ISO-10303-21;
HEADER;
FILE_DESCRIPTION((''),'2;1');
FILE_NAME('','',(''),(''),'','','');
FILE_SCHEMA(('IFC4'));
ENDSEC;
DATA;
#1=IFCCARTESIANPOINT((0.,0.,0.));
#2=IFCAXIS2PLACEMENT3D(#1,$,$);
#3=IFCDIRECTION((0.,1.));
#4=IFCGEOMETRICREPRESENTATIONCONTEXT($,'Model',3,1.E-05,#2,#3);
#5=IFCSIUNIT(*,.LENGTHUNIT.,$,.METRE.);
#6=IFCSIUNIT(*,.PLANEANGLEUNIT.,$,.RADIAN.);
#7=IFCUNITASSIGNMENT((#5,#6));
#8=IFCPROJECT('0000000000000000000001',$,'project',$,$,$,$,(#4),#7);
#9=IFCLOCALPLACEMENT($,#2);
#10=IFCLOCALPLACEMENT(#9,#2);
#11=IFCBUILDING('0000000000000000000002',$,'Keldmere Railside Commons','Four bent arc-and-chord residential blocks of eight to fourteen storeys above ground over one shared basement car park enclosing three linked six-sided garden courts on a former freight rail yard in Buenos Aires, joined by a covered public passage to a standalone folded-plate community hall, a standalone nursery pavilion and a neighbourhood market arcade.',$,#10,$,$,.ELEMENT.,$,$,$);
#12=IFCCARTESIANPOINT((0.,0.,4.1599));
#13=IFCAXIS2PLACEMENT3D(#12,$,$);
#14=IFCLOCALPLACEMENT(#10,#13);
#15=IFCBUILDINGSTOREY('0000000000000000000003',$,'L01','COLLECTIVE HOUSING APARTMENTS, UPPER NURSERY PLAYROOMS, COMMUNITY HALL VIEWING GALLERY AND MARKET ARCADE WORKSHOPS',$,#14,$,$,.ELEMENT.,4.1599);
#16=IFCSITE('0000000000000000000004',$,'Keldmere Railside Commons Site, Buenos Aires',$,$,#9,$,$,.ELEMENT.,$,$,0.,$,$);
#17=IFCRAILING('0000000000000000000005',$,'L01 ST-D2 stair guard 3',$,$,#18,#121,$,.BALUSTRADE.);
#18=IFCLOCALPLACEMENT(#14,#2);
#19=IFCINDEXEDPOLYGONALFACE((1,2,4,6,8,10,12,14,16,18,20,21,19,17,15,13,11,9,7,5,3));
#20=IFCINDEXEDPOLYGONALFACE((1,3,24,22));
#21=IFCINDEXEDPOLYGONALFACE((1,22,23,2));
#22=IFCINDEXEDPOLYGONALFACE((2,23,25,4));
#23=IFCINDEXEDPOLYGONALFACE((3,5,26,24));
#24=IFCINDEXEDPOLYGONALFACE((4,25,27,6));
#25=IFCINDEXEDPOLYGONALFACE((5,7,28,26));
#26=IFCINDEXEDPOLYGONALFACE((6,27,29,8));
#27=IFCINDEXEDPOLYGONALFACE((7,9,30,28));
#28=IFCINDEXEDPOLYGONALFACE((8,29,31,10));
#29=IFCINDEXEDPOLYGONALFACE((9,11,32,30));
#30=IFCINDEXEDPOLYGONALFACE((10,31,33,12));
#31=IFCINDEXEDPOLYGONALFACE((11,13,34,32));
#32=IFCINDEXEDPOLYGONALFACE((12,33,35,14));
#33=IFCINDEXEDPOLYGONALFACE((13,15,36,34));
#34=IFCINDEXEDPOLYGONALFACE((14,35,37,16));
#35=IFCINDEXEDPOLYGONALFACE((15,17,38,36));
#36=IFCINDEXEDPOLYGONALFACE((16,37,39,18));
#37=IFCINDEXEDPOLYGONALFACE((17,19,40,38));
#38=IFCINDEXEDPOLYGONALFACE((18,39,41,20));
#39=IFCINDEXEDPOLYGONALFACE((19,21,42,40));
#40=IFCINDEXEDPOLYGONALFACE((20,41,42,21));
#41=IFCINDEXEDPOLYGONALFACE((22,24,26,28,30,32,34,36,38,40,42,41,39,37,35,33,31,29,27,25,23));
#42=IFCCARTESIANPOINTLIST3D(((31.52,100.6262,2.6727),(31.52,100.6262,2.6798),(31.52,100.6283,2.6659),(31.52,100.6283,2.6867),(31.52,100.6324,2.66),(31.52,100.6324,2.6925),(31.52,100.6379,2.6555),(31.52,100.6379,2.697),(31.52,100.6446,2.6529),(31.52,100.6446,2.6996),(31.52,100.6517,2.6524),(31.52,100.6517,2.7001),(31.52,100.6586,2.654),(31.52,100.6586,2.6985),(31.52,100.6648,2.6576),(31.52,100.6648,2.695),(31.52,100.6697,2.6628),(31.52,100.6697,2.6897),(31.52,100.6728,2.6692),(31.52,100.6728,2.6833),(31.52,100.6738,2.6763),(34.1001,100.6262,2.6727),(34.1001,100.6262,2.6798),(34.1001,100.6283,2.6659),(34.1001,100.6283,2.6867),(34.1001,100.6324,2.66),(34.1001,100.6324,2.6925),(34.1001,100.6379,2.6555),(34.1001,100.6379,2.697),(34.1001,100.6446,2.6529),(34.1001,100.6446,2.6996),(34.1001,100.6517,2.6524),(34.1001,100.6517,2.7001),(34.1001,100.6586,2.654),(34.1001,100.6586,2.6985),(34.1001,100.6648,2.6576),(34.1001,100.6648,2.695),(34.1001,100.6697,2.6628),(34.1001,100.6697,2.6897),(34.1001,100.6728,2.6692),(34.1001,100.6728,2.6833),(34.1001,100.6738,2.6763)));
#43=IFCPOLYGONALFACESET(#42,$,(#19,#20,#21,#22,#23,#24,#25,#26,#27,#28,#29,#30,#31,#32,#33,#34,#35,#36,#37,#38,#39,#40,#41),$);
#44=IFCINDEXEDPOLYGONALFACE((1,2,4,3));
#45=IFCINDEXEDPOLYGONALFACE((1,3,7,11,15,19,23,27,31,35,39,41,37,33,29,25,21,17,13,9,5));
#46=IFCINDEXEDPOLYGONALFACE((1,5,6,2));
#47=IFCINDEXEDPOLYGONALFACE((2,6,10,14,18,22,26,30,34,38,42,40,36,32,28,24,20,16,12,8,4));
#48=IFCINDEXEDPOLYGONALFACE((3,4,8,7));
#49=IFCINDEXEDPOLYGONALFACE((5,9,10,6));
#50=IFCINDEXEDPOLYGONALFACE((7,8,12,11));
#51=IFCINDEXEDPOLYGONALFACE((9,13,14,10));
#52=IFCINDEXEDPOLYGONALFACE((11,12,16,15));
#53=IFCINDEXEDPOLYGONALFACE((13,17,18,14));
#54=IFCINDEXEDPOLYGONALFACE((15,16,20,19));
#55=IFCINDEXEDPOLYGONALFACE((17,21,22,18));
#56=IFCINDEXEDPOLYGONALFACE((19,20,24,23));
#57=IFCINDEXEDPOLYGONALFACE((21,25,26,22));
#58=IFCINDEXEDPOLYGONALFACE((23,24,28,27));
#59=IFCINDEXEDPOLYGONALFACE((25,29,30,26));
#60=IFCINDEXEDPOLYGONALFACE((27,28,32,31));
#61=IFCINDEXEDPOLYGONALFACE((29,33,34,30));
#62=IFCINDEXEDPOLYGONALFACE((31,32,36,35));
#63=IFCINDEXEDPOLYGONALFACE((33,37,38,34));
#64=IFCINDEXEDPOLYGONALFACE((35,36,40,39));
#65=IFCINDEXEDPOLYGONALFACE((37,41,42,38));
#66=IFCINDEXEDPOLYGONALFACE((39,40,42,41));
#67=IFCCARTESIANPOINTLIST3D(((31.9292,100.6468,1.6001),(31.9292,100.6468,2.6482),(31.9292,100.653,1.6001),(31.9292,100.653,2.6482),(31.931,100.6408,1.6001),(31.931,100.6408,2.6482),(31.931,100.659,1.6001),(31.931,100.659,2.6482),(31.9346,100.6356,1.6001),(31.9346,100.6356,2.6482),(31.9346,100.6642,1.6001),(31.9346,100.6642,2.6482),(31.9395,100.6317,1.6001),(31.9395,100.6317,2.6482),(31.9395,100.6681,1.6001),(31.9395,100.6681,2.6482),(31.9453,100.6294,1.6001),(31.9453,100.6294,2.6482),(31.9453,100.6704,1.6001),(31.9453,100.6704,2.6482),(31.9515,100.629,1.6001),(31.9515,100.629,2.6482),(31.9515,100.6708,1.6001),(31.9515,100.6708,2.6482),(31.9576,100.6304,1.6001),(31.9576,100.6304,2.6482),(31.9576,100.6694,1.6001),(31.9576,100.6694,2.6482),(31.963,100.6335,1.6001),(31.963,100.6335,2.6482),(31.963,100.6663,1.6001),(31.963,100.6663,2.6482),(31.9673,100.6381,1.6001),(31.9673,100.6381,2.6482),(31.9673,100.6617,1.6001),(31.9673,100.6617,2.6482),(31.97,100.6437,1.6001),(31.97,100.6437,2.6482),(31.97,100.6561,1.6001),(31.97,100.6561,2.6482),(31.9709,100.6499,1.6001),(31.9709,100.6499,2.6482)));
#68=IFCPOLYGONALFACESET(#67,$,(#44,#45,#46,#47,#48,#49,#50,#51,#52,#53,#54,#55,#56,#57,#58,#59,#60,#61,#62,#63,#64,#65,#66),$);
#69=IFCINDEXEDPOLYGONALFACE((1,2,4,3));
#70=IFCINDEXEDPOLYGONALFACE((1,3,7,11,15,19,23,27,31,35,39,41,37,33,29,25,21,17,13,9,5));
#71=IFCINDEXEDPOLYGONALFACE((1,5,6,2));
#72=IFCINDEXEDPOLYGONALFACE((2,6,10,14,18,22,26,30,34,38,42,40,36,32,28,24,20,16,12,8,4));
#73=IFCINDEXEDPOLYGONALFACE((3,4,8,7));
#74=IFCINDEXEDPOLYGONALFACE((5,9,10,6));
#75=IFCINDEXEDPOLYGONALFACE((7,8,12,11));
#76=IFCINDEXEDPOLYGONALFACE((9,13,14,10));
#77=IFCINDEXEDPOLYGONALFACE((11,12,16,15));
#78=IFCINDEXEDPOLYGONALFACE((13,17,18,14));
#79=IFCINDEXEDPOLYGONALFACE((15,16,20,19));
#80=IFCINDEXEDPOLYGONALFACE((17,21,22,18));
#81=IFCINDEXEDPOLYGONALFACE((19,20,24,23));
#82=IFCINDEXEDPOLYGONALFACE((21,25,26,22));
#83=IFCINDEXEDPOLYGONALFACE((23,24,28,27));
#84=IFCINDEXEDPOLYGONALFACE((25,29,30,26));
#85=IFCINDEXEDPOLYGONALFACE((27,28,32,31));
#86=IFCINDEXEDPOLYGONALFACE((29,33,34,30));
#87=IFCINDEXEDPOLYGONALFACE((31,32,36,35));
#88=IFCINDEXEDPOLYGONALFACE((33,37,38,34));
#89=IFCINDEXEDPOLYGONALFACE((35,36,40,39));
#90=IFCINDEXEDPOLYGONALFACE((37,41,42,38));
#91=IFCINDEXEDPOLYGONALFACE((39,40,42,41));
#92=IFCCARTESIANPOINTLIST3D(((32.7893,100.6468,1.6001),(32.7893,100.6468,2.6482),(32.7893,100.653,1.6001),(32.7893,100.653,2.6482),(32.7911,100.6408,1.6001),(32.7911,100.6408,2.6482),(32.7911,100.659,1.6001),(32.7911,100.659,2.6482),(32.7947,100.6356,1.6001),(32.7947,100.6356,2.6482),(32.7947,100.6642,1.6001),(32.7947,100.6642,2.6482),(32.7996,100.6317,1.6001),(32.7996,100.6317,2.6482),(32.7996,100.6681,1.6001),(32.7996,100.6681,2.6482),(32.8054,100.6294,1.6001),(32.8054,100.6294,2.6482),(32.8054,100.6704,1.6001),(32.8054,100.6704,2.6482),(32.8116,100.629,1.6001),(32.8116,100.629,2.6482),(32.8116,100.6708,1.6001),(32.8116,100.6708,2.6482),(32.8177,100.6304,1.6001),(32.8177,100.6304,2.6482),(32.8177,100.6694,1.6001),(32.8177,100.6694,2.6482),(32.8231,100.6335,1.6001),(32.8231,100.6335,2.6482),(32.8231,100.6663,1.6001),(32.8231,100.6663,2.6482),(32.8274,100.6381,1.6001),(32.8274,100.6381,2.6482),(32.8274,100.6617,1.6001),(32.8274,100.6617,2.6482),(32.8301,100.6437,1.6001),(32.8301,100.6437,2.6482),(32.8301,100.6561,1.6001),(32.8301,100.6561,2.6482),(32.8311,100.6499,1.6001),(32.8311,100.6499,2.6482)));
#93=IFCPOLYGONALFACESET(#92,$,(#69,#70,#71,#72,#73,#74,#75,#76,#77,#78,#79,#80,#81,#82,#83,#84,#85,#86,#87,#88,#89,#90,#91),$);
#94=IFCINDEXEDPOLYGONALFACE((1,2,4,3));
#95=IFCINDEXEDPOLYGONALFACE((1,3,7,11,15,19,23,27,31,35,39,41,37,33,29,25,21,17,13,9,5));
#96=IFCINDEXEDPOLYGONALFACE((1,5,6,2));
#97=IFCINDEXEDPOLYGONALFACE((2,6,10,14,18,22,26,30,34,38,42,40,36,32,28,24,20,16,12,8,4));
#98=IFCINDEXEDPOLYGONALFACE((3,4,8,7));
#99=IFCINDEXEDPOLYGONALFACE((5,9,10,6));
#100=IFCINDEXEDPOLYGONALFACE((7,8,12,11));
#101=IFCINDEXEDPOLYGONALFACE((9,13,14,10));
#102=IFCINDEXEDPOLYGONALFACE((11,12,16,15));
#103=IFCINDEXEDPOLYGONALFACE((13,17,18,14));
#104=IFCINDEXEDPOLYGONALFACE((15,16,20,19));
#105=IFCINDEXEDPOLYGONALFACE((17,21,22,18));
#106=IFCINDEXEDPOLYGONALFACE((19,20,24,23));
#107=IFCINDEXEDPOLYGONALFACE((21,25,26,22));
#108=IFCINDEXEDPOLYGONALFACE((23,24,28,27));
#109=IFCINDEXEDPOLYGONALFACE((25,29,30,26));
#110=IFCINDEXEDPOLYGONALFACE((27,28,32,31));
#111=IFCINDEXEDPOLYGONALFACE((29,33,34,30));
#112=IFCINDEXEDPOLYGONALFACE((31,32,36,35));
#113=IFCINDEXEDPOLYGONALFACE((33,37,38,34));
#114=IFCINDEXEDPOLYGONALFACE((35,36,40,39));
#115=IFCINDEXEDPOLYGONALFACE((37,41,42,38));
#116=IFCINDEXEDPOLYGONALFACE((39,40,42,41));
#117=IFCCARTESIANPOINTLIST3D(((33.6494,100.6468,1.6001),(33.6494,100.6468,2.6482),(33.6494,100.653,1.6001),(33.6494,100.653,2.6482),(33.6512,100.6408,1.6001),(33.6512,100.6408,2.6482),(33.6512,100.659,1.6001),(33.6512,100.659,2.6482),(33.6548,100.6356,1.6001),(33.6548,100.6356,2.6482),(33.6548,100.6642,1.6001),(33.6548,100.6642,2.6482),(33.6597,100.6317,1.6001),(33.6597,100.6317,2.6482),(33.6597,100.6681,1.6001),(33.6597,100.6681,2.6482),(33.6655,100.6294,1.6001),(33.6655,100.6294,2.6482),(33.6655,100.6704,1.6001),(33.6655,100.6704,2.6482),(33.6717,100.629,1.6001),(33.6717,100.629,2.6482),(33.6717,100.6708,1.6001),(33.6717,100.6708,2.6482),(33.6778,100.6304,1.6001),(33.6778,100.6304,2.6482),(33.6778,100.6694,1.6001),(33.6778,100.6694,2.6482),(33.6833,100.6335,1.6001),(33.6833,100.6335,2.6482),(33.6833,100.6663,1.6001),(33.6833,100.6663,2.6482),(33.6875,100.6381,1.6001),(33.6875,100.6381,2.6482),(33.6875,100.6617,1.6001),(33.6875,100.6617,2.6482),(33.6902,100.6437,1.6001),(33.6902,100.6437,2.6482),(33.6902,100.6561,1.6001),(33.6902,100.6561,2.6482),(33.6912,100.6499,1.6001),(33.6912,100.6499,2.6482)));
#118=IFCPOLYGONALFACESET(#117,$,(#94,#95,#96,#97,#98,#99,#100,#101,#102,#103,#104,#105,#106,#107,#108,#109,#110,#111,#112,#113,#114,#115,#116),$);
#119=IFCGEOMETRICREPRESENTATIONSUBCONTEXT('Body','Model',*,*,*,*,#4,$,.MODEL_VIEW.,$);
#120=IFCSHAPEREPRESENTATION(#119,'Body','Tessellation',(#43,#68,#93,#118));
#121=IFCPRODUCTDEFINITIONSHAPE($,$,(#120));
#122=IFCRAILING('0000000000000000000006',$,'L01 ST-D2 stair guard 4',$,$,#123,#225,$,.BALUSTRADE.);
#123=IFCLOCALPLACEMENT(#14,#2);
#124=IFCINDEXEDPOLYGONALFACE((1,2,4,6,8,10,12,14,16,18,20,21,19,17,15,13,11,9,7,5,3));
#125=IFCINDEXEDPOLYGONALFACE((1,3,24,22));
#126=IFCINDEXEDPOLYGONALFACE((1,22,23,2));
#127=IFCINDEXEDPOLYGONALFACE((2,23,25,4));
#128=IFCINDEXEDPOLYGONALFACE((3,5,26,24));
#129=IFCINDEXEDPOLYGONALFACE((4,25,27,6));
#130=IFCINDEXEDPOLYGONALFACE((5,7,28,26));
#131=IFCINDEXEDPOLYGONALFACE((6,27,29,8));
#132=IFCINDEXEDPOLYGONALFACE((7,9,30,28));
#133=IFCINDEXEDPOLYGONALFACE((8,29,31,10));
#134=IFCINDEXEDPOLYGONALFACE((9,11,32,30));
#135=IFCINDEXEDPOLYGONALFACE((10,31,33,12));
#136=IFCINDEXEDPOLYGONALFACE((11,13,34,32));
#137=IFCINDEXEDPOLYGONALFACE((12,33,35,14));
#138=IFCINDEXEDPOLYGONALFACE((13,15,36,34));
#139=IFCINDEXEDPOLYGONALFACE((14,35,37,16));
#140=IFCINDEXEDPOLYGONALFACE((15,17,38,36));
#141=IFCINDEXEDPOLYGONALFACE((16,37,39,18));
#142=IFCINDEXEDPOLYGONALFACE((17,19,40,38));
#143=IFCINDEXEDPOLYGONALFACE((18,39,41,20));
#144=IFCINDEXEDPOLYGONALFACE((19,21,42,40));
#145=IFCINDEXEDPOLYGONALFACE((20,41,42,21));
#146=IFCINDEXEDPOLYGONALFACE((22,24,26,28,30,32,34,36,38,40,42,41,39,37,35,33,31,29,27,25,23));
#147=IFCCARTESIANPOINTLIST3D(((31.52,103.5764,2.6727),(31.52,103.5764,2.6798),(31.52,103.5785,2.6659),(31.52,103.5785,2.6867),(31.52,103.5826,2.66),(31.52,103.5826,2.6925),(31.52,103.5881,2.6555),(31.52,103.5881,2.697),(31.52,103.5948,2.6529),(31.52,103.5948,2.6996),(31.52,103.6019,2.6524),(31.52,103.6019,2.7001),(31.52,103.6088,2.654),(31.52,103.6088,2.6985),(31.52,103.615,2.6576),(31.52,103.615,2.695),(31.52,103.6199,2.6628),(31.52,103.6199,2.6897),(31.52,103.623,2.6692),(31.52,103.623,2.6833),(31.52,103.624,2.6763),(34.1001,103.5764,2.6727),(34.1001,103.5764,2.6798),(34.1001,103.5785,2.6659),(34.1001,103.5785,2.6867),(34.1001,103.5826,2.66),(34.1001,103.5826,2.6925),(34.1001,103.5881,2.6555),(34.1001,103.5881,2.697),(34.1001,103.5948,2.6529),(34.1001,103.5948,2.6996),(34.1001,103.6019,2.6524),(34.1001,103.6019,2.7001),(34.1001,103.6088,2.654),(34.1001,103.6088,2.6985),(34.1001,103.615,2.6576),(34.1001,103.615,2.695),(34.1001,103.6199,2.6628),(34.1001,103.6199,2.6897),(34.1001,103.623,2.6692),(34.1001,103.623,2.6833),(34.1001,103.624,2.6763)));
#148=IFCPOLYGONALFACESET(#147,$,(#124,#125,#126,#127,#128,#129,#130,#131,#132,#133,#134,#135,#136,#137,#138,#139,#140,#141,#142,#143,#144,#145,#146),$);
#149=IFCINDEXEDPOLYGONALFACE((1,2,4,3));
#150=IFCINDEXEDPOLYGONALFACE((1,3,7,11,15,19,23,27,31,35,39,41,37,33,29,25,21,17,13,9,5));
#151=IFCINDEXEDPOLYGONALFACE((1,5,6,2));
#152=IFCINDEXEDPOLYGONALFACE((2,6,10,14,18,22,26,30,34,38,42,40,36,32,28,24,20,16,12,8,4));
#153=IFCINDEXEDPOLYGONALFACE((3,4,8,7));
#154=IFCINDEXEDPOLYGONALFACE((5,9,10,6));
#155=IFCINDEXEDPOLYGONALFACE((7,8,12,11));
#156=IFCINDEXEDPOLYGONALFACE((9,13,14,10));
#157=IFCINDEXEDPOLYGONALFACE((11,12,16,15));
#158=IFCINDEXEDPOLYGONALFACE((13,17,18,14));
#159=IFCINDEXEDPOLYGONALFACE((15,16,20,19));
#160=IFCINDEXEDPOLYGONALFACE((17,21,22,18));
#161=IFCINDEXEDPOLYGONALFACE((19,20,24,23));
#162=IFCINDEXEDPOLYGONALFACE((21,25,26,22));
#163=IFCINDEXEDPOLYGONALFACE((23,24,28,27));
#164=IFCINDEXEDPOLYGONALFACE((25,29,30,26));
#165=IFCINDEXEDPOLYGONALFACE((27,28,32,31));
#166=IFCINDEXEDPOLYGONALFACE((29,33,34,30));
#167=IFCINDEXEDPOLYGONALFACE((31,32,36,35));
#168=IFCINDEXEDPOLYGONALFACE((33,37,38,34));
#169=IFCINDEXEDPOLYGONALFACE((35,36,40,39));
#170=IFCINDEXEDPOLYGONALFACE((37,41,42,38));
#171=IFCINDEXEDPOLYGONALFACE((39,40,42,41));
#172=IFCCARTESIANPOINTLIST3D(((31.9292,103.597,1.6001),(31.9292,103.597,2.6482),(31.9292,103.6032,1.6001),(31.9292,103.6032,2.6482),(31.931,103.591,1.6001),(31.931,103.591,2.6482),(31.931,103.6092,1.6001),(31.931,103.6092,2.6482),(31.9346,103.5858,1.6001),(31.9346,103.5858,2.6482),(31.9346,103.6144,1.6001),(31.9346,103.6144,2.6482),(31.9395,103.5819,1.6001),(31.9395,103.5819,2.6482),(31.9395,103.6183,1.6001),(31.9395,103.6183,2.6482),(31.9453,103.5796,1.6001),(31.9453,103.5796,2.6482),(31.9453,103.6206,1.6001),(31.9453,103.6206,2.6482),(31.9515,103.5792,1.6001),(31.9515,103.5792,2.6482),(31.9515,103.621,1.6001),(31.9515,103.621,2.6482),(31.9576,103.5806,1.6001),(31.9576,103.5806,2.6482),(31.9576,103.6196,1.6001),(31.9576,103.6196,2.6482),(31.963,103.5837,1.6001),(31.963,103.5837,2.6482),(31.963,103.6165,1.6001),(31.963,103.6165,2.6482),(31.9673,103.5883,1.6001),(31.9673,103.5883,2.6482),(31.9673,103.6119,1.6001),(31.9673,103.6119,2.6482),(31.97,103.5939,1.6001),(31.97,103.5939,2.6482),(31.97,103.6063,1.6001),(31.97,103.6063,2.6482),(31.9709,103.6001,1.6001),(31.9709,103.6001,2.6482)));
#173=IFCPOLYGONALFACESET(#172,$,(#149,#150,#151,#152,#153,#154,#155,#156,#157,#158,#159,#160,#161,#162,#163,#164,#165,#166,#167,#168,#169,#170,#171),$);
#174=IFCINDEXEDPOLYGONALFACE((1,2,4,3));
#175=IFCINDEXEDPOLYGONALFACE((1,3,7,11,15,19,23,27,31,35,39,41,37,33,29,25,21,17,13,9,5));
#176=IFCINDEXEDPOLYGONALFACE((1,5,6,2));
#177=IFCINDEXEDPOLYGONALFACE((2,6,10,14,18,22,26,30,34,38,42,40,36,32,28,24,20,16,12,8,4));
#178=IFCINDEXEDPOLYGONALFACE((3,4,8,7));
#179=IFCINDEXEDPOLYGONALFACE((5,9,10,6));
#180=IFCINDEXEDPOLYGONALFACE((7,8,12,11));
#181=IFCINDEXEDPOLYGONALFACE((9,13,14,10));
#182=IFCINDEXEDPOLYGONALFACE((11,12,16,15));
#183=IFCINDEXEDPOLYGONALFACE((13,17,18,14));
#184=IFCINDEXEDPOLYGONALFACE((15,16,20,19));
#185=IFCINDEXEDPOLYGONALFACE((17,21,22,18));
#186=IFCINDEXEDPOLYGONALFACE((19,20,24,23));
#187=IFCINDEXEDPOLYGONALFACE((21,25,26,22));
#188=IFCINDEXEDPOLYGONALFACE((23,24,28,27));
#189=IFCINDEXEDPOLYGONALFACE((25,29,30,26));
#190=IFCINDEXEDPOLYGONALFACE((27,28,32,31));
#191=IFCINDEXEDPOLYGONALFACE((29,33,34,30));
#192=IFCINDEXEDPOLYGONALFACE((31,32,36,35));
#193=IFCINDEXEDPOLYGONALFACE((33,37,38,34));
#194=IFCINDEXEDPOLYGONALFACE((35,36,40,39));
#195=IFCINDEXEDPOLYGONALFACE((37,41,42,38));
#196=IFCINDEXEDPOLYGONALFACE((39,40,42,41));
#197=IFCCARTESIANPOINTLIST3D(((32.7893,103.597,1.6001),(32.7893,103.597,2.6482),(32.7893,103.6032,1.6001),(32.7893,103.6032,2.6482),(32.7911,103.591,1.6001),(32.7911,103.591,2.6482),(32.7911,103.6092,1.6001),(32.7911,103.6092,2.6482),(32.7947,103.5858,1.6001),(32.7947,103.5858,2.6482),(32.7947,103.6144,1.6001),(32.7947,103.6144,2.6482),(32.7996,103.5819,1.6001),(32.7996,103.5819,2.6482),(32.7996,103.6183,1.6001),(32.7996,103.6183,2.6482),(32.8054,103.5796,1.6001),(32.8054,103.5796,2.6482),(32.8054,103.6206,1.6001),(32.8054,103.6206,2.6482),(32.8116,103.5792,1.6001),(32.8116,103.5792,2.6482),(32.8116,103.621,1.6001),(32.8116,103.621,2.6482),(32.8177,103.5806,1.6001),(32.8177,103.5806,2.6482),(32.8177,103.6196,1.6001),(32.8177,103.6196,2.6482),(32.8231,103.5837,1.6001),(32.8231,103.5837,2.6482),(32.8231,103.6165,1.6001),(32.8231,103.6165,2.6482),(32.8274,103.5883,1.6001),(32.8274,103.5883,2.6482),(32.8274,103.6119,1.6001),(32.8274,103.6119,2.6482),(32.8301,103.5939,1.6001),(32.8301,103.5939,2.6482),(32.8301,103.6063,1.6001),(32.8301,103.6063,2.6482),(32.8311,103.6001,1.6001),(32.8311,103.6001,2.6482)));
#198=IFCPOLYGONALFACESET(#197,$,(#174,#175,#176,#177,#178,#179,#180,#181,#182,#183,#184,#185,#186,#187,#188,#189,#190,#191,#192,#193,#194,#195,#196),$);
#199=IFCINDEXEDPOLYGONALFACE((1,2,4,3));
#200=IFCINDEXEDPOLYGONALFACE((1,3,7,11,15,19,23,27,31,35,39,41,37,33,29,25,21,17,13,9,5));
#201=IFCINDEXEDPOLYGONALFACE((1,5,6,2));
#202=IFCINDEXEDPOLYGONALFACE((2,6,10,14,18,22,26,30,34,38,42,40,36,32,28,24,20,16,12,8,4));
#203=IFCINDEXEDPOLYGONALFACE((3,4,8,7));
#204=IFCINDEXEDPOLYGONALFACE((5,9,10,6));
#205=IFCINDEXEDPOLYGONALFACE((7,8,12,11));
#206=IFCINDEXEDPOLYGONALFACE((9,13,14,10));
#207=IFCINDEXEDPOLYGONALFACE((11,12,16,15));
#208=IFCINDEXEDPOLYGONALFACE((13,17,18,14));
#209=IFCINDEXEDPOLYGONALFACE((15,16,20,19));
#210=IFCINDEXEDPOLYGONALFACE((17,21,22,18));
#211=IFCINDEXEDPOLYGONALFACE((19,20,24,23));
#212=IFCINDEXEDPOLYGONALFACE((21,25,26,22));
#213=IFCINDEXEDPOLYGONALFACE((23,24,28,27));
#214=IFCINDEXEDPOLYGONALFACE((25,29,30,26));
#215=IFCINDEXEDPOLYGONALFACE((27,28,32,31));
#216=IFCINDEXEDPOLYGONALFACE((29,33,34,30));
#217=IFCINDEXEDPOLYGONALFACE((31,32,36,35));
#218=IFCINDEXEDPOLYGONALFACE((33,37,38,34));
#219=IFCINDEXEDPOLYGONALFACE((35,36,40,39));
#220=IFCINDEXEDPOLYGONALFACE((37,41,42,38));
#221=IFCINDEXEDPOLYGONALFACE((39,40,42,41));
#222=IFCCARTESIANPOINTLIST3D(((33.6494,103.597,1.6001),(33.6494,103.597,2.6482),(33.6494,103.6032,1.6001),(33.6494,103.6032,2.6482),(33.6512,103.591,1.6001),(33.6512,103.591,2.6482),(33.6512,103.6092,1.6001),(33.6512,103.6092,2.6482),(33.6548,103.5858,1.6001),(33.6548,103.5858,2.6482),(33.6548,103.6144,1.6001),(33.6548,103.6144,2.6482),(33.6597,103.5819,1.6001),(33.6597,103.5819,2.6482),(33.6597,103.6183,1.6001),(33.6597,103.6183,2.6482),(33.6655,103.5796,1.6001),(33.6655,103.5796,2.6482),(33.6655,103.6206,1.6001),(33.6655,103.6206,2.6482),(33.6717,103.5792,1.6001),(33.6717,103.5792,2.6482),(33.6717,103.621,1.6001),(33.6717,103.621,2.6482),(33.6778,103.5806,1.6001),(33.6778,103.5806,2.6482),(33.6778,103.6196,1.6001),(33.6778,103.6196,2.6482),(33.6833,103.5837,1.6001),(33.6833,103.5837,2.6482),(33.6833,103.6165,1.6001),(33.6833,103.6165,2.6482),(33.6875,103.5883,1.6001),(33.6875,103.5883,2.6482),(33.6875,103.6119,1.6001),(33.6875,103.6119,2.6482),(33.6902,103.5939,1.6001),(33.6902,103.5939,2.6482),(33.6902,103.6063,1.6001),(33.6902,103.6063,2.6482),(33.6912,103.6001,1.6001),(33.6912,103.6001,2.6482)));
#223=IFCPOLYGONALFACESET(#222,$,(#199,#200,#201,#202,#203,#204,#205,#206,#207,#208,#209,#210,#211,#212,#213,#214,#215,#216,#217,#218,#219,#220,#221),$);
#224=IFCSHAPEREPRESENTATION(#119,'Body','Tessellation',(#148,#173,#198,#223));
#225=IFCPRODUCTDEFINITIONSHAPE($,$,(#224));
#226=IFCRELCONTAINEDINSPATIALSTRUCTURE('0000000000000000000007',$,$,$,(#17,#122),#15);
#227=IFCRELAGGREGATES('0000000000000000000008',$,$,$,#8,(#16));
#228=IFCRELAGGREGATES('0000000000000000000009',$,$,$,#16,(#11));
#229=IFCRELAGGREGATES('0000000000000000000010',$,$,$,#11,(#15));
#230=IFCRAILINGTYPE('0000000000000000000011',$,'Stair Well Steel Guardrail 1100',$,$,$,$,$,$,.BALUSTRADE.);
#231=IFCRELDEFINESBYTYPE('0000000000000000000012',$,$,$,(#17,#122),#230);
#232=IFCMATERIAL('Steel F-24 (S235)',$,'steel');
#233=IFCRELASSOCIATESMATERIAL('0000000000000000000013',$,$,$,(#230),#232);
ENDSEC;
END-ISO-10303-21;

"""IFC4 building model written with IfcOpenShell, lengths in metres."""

from ifc_helpers import new_model, si_unit, direction, frame, origin, origin_2d, place, context, subcontext, project, spatial, circle, extrude, material, type_object, element, save


model = new_model("IFC4")

# Units and contexts
model_context = context("Model", 3, precision=1e-05, world=origin(), true_north=direction((0.0, 1.0)))
body_context = subcontext(model_context, "Body", "Model", "MODEL_VIEW")
ifc_project = project(units=[si_unit("LENGTHUNIT", "METRE"), si_unit("PLANEANGLEUNIT", "RADIAN")], contexts=[model_context])

# Site, building, storey
site_placement = place(None, origin())
site = spatial("IfcSite", under=ifc_project, at=site_placement, Name="Keldmere Railside Commons Site, Buenos Aires", CompositionType="ELEMENT", RefElevation=0.0)
building_placement = place(site_placement, origin())
building = spatial("IfcBuilding", under=site, at=building_placement, Name="Keldmere Railside Commons", Description="Four bent arc-and-chord residential blocks of eight to fourteen storeys above ground over one shared basement car park enclosing three linked six-sided garden courts on a former freight rail yard in Buenos Aires, joined by a covered public passage to a standalone folded-plate community hall, a standalone nursery pavilion and a neighbourhood market arcade.", CompositionType="ELEMENT")
storey_placement = place(building_placement, frame((0.0, 0.0, 4.1599)))
storey = spatial("IfcBuildingStorey", under=building, at=storey_placement, Name="L01", Description="COLLECTIVE HOUSING APARTMENTS, UPPER NURSERY PLAYROOMS, COMMUNITY HALL VIEWING GALLERY AND MARKET ARCADE WORKSHOPS", CompositionType="ELEMENT", Elevation=4.1599)

# Shared definitions
ifc_material_1 = material(Name="Steel F-24 (S235)", Category="steel")

# Railings
railing_type_1 = type_object("IfcRailingType", Name="Stair Well Steel Guardrail 1100", PredefinedType="BALUSTRADE", material=ifc_material_1)
for number, where, name in (
    (1, (31.52, 100.6499, 1.6001), "L01 ST-D2 stair guard 3"),
    (2, (31.52, 103.6001, 1.6001), "L01 ST-D2 stair guard 4"),
):
    element("IfcRailing", number, at=place(storey_placement, frame(where)), inside=storey, type_object=railing_type_1, Name=name, PredefinedType="BALUSTRADE", context=body_context, shape_type="SweptSolid", body=[
        extrude(circle(Radius=0.0239, at=origin_2d()), frame((0.0, 0.0, 1.0762), z_axis=(1.0, 0.0, 0.0), x_axis=(0.0, 1.0, 0.0)), (0.0, 0.0, 1.0), 2.5801),
        extrude(circle(Radius=0.021, at=origin_2d()), frame((0.4299, 0.0, 0.0)), (0.0, 0.0, 1.0), 1.0481),
        extrude(circle(Radius=0.021, at=origin_2d()), frame((1.29, 0.0, 0.0)), (0.0, 0.0, 1.0), 1.0481),
        extrude(circle(Radius=0.021, at=origin_2d()), frame((2.1501, 0.0, 0.0)), (0.0, 0.0, 1.0), 1.0481),
    ])

save(model, "model.ifc")
